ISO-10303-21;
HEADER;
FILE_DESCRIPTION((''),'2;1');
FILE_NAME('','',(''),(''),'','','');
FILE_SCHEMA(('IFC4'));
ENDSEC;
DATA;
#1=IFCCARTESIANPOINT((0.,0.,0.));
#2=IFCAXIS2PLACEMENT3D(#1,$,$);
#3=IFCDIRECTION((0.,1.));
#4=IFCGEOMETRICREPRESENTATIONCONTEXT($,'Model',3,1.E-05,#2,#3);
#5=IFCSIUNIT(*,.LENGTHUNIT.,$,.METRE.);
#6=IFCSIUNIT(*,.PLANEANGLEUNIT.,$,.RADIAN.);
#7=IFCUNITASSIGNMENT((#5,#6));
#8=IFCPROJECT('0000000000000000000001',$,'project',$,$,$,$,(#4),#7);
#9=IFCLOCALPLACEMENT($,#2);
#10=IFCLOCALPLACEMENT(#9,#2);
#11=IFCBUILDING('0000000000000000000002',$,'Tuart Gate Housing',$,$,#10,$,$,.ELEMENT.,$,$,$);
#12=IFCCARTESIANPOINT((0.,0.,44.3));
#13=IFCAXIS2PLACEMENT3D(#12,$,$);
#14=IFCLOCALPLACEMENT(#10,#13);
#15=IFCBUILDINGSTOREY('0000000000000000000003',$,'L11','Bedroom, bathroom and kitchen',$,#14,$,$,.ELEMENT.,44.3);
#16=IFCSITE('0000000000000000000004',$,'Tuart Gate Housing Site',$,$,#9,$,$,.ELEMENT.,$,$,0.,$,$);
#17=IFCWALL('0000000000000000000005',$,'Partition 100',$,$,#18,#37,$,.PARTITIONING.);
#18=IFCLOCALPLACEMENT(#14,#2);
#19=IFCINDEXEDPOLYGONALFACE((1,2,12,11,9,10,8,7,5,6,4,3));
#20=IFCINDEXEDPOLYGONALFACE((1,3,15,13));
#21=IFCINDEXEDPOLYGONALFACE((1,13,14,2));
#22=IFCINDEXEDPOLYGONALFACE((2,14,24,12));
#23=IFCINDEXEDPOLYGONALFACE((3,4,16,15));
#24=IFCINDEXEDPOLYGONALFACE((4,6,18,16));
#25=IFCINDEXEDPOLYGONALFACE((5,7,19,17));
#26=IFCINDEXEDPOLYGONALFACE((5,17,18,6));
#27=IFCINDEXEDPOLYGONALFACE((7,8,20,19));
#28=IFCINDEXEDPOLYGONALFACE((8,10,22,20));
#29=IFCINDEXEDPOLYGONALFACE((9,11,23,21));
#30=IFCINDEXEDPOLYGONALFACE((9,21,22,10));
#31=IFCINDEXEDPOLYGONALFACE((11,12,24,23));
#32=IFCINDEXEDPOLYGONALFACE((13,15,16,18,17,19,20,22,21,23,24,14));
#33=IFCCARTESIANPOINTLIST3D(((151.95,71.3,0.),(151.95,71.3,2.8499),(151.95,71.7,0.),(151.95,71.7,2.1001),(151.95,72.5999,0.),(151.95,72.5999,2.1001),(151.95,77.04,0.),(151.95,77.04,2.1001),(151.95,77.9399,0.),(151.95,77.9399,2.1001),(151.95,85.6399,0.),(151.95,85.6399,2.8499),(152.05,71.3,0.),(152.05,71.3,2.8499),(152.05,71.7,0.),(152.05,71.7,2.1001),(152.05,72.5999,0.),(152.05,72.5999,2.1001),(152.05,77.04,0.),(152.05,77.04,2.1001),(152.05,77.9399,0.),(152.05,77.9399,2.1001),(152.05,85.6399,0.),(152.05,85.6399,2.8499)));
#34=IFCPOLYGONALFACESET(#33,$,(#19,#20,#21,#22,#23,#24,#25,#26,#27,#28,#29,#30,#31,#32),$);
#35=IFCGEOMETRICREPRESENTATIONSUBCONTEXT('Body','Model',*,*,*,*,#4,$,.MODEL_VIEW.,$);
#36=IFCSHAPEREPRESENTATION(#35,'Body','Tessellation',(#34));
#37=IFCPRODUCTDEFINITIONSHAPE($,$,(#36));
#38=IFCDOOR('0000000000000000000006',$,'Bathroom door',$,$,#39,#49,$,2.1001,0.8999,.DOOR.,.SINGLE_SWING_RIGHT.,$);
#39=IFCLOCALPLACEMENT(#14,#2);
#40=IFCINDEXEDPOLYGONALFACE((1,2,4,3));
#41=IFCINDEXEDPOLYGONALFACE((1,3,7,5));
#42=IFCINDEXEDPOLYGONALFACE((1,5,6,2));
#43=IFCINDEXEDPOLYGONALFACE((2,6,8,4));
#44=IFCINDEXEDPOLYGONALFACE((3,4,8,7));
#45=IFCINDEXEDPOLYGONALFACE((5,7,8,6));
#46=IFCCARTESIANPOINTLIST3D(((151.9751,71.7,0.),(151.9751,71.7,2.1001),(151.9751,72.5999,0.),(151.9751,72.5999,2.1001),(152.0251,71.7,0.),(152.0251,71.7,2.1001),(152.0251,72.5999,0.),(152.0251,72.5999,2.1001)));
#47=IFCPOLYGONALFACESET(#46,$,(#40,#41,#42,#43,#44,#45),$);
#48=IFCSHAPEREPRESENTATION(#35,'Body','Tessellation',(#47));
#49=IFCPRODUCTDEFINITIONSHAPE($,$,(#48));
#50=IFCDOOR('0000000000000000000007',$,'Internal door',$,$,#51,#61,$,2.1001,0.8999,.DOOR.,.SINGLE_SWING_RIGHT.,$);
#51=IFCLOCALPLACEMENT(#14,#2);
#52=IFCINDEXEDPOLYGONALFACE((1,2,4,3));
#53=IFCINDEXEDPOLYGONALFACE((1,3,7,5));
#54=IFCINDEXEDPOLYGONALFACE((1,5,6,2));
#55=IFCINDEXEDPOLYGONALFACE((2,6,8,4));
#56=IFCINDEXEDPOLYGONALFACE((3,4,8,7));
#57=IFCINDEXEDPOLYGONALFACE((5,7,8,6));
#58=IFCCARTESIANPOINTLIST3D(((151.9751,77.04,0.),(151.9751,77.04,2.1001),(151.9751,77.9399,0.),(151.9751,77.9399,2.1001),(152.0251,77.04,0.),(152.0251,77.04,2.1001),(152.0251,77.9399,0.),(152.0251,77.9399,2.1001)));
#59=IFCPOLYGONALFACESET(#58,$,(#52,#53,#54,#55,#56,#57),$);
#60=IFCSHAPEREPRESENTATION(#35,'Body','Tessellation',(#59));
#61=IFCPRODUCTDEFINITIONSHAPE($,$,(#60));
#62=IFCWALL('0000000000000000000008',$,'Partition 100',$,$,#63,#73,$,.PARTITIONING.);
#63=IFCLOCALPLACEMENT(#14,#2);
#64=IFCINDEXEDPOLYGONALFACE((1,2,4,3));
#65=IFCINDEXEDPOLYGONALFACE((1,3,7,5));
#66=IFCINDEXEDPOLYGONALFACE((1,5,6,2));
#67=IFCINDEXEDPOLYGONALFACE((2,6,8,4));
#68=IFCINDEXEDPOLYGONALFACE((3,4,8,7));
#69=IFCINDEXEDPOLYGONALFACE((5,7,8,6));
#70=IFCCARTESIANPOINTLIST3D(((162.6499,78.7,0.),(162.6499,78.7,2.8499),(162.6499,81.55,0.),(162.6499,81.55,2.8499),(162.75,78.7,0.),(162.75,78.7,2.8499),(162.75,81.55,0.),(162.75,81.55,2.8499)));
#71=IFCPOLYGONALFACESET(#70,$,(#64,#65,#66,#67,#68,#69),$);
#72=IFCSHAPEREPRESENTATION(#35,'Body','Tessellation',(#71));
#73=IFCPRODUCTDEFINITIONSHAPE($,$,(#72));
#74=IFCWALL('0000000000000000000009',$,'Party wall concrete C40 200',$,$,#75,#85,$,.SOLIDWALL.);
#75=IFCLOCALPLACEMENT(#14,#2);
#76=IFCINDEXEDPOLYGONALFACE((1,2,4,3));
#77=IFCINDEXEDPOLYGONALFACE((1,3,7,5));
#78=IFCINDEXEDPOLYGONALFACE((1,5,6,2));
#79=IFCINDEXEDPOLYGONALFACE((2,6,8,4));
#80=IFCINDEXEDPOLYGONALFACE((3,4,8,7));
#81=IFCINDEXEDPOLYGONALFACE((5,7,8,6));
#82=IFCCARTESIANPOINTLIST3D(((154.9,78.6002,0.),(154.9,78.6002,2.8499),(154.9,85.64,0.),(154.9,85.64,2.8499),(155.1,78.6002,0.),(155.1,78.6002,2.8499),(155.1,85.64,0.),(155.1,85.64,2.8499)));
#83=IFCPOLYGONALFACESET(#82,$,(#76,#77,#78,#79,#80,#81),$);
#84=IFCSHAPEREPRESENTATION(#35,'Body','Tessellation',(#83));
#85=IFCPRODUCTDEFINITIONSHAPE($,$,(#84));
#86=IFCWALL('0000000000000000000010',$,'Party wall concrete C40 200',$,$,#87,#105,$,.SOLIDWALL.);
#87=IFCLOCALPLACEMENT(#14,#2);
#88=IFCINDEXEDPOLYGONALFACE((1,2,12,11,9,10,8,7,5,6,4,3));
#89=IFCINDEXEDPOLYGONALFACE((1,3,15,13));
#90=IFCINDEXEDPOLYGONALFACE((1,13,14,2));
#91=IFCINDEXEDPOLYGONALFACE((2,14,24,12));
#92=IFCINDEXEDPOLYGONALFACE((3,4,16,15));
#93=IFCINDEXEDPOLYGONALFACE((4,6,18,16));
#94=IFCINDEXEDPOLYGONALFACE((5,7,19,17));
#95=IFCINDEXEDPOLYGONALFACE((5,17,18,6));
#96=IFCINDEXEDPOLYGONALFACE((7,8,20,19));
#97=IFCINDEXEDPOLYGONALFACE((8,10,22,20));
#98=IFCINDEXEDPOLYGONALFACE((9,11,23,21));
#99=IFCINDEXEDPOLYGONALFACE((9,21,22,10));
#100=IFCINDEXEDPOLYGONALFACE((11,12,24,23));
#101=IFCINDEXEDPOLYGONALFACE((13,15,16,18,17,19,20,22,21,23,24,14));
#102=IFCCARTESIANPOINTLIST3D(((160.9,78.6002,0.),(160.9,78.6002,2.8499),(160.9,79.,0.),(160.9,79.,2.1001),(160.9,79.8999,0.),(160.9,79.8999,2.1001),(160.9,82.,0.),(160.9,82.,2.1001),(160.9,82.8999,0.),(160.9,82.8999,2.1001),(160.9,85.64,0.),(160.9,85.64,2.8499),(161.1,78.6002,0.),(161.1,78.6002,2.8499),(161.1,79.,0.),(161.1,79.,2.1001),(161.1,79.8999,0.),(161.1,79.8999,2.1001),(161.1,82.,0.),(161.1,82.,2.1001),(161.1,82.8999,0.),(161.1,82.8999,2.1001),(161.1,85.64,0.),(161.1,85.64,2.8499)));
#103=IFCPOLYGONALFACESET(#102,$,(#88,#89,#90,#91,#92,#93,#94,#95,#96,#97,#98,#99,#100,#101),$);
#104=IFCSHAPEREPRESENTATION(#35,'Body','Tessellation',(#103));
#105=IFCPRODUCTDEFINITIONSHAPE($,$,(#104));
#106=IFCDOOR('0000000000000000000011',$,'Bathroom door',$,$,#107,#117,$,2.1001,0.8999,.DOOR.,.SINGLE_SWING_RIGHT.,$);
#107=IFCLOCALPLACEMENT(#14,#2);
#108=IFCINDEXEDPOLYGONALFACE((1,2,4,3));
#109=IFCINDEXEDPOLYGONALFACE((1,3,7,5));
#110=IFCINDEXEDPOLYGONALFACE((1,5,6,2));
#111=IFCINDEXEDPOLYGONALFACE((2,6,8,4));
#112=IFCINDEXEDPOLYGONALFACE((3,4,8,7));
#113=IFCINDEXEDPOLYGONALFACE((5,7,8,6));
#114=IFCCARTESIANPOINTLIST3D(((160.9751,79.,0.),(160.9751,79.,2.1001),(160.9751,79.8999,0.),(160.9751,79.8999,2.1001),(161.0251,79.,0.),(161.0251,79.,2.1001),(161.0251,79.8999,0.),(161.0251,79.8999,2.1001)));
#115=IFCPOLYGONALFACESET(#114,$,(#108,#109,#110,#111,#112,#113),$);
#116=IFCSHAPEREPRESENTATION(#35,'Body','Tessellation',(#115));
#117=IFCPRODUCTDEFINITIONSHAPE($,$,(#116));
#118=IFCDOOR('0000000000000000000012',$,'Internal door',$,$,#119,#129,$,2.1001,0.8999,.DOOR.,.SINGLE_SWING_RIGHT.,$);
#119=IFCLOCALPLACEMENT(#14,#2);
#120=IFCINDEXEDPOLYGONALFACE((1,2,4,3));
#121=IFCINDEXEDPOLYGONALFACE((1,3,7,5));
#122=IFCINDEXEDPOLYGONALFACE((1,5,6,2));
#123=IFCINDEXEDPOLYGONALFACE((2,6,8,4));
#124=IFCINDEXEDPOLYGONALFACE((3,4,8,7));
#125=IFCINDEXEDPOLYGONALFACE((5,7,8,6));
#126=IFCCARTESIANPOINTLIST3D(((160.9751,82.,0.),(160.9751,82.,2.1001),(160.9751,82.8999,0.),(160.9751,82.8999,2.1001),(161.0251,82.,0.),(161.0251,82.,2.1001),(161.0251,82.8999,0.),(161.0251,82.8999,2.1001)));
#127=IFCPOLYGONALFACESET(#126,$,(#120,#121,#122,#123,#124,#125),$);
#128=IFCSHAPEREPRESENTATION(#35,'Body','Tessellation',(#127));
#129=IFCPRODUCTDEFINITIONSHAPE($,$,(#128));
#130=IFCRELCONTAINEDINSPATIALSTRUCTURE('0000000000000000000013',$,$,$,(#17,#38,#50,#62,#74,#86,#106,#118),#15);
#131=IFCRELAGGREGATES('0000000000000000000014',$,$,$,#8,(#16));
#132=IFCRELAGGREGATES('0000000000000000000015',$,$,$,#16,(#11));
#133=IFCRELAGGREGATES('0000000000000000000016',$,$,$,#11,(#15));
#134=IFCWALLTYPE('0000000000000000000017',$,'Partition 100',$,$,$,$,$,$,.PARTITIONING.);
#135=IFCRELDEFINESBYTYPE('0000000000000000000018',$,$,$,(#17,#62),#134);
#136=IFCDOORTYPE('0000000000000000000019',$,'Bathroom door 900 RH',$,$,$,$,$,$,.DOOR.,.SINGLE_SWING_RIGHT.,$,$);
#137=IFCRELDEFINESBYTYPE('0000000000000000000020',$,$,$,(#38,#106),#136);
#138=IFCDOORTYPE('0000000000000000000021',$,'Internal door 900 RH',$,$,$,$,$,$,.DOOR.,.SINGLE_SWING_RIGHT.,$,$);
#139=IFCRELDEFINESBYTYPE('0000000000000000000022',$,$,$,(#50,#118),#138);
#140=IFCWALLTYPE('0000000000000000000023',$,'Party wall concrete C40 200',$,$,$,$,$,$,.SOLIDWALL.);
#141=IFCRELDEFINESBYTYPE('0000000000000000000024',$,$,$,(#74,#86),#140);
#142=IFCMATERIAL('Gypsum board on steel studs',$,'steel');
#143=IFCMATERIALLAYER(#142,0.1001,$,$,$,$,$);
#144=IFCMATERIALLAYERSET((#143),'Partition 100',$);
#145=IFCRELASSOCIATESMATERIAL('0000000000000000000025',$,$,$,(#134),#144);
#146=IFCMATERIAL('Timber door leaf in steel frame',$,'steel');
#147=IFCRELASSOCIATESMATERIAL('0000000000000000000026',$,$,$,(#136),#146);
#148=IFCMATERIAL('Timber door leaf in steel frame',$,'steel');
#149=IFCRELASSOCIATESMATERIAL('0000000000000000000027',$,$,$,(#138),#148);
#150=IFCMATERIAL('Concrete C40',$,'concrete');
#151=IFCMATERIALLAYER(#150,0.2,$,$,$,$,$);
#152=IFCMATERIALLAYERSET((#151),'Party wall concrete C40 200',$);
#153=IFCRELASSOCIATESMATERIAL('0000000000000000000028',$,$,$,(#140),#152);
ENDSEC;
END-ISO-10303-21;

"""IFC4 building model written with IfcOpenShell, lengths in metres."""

from ifc_helpers import new_model, si_unit, direction, frame, frame_2d, origin, place, context, subcontext, project, spatial, rectangle, extrude, material, layer, layer_set, type_object, element, fill, save


model = new_model("IFC4")

# Units and contexts
model_context = context("Model", 3, precision=1e-05, world=origin(), true_north=direction((0.0, 1.0)))
body_context = subcontext(model_context, "Body", "Model", "MODEL_VIEW")
ifc_project = project(units=[si_unit("LENGTHUNIT", "METRE"), si_unit("PLANEANGLEUNIT", "RADIAN")], contexts=[model_context])

# Site, building, storey
site_placement = place(None, origin())
site = spatial("IfcSite", under=ifc_project, at=site_placement, Name="Tuart Gate Housing Site", CompositionType="ELEMENT", RefElevation=0.0)
building_placement = place(site_placement, origin())
building = spatial("IfcBuilding", under=site, at=building_placement, Name="Tuart Gate Housing", CompositionType="ELEMENT")
storey_placement = place(building_placement, frame((0.0, 0.0, 44.3)))
storey = spatial("IfcBuildingStorey", under=building, at=storey_placement, Name="L11", Description="Bedroom, bathroom and kitchen", CompositionType="ELEMENT", Elevation=44.3)

# Shared definitions
ifc_material_1 = material(Name="Gypsum board on steel studs", Category="steel")
ifc_layer_1 = layer(ifc_material_1, 0.1001)
ifc_layer_set_1 = layer_set([ifc_layer_1], Name="Partition 100")
wall_type_1 = type_object("IfcWallType", Name="Partition 100", PredefinedType="PARTITIONING", material=ifc_layer_set_1)

# Wall, openings, doors
wall_1_placement = place(storey_placement, frame((152.0, 71.3, 0.0), z_axis=(0.0, 0.0, 1.0), x_axis=(0.0, 1.0, 0.0)))
wall_1 = element("IfcWall", 1, at=wall_1_placement, inside=storey, type_object=wall_type_1, Name="Partition 100", PredefinedType="PARTITIONING", context=body_context, shape_type="SweptSolid", body=[
    extrude(rectangle(XDim=14.3398, YDim=0.1001, at=frame_2d((7.1699, 0.0))), origin(), (0.0, 0.0, 1.0), 2.8499),
])
opening_1_placement = place(wall_1_placement, frame((5.74, 0.0, 0.0)))
opening_1 = element("IfcOpeningElement", 2, at=opening_1_placement, cuts=wall_1, PredefinedType="OPENING", context=body_context, shape_type="SweptSolid", body=[
    extrude(rectangle(XDim=0.8999, YDim=2.1001, at=frame_2d((0.45, 1.05))), frame((0.0, 0.0601, 0.0), z_axis=(0.0, -1.0, 0.0), x_axis=(1.0, 0.0, 0.0)), (0.0, 0.0, 1.0), 0.1201),
])
opening_2_placement = place(wall_1_placement, frame((0.3999, 0.0, 0.0)))
opening_2 = element("IfcOpeningElement", 3, at=opening_2_placement, cuts=wall_1, PredefinedType="OPENING", context=body_context, shape_type="SweptSolid", body=[
    extrude(rectangle(XDim=0.8999, YDim=2.1001, at=frame_2d((0.45, 1.05))), frame((0.0, 0.0601, 0.0), z_axis=(0.0, -1.0, 0.0), x_axis=(1.0, 0.0, 0.0)), (0.0, 0.0, 1.0), 0.1201),
])
ifc_material_2 = material(Name="Timber door leaf in steel frame", Category="steel")
door_type_1 = type_object("IfcDoorType", Name="Bathroom door 900 RH", OperationType="SINGLE_SWING_RIGHT", PredefinedType="DOOR", material=ifc_material_2)
door_1_placement = place(opening_2_placement, frame((0.8999, 0.0, 0.0), z_axis=(0.0, 0.0, 1.0), x_axis=(-1.0, 0.0, 0.0)))
door_1 = element("IfcDoor", 4, at=door_1_placement, inside=storey, type_object=door_type_1, Name="Bathroom door", OperationType="SINGLE_SWING_RIGHT", OverallHeight=2.1001, OverallWidth=0.8999, PredefinedType="DOOR", context=body_context, shape_type="SweptSolid", body=[
    extrude(rectangle(XDim=0.8999, YDim=2.1001, at=frame_2d((0.45, 1.05))), frame((0.0, 0.0251, 0.0), z_axis=(0.0, -1.0, 0.0), x_axis=(1.0, 0.0, 0.0)), (0.0, 0.0, 1.0), 0.05),
])
fill(opening_2, door_1)
ifc_material_3 = material(Name="Timber door leaf in steel frame", Category="steel")
door_type_2 = type_object("IfcDoorType", Name="Internal door 900 RH", OperationType="SINGLE_SWING_RIGHT", PredefinedType="DOOR", material=ifc_material_3)
door_2_placement = place(opening_1_placement, frame((0.8999, 0.0, 0.0), z_axis=(0.0, 0.0, 1.0), x_axis=(-1.0, 0.0, 0.0)))
door_2 = element("IfcDoor", 5, at=door_2_placement, inside=storey, type_object=door_type_2, Name="Internal door", OperationType="SINGLE_SWING_RIGHT", OverallHeight=2.1001, OverallWidth=0.8999, PredefinedType="DOOR", context=body_context, shape_type="SweptSolid", body=[
    extrude(rectangle(XDim=0.8999, YDim=2.1001, at=frame_2d((0.45, 1.05))), frame((0.0, 0.0251, 0.0), z_axis=(0.0, -1.0, 0.0), x_axis=(1.0, 0.0, 0.0)), (0.0, 0.0, 1.0), 0.05),
])
fill(opening_1, door_2)

# Walls
wall_2_placement = place(storey_placement, frame((162.7, 78.7, 0.0), z_axis=(0.0, 0.0, 1.0), x_axis=(0.0, 1.0, 0.0)))
element("IfcWall", 6, at=wall_2_placement, inside=storey, type_object=wall_type_1, Name="Partition 100", PredefinedType="PARTITIONING", context=body_context, shape_type="SweptSolid", body=[
    extrude(rectangle(XDim=2.8501, YDim=0.1001, at=frame_2d((1.425, 0.0))), origin(), (0.0, 0.0, 1.0), 2.8499),
])
ifc_material_4 = material(Name="Concrete C40", Category="concrete")
ifc_layer_2 = layer(ifc_material_4, 0.2)
ifc_layer_set_2 = layer_set([ifc_layer_2], Name="Party wall concrete C40 200")
wall_type_2 = type_object("IfcWallType", Name="Party wall concrete C40 200", PredefinedType="SOLIDWALL", material=ifc_layer_set_2)
wall_3_placement = place(storey_placement, frame((155.0, 78.6001, 0.0), z_axis=(0.0, 0.0, 1.0), x_axis=(0.0, 1.0, 0.0)))
element("IfcWall", 7, at=wall_3_placement, inside=storey, type_object=wall_type_2, Name="Party wall concrete C40 200", PredefinedType="SOLIDWALL", context=body_context, shape_type="SweptSolid", body=[
    extrude(rectangle(XDim=7.0398, YDim=0.2, at=frame_2d((3.52, 0.0))), origin(), (0.0, 0.0, 1.0), 2.8499),
])

# Wall, openings, doors
wall_4_placement = place(storey_placement, frame((161.0, 78.6001, 0.0), z_axis=(0.0, 0.0, 1.0), x_axis=(0.0, 1.0, 0.0)))
wall_4 = element("IfcWall", 8, at=wall_4_placement, inside=storey, type_object=wall_type_2, Name="Party wall concrete C40 200", PredefinedType="SOLIDWALL", context=body_context, shape_type="SweptSolid", body=[
    extrude(rectangle(XDim=7.0398, YDim=0.2, at=frame_2d((3.52, 0.0))), origin(), (0.0, 0.0, 1.0), 2.8499),
])
opening_3_placement = place(wall_4_placement, frame((3.3999, 0.0, 0.0)))
opening_3 = element("IfcOpeningElement", 9, at=opening_3_placement, cuts=wall_4, PredefinedType="OPENING", context=body_context, shape_type="SweptSolid", body=[
    extrude(rectangle(XDim=0.8999, YDim=2.1001, at=frame_2d((0.45, 1.05))), frame((0.0, 0.1099, 0.0), z_axis=(0.0, -1.0, 0.0), x_axis=(1.0, 0.0, 0.0)), (0.0, 0.0, 1.0), 0.22),
])
opening_4_placement = place(wall_4_placement, frame((0.3999, 0.0, 0.0)))
opening_4 = element("IfcOpeningElement", 10, at=opening_4_placement, cuts=wall_4, PredefinedType="OPENING", context=body_context, shape_type="SweptSolid", body=[
    extrude(rectangle(XDim=0.8999, YDim=2.1001, at=frame_2d((0.45, 1.05))), frame((0.0, 0.1099, 0.0), z_axis=(0.0, -1.0, 0.0), x_axis=(1.0, 0.0, 0.0)), (0.0, 0.0, 1.0), 0.22),
])
door_3_placement = place(opening_4_placement, frame((0.8999, 0.0, 0.0), z_axis=(0.0, 0.0, 1.0), x_axis=(-1.0, 0.0, 0.0)))
door_3 = element("IfcDoor", 11, at=door_3_placement, inside=storey, type_object=door_type_1, Name="Bathroom door", OperationType="SINGLE_SWING_RIGHT", OverallHeight=2.1001, OverallWidth=0.8999, PredefinedType="DOOR", context=body_context, shape_type="SweptSolid", body=[
    extrude(rectangle(XDim=0.8999, YDim=2.1001, at=frame_2d((0.45, 1.05))), frame((0.0, 0.0251, 0.0), z_axis=(0.0, -1.0, 0.0), x_axis=(1.0, 0.0, 0.0)), (0.0, 0.0, 1.0), 0.05),
])
fill(opening_4, door_3)
door_4_placement = place(opening_3_placement, frame((0.8999, 0.0, 0.0), z_axis=(0.0, 0.0, 1.0), x_axis=(-1.0, 0.0, 0.0)))
door_4 = element("IfcDoor", 12, at=door_4_placement, inside=storey, type_object=door_type_2, Name="Internal door", OperationType="SINGLE_SWING_RIGHT", OverallHeight=2.1001, OverallWidth=0.8999, PredefinedType="DOOR", context=body_context, shape_type="SweptSolid", body=[
    extrude(rectangle(XDim=0.8999, YDim=2.1001, at=frame_2d((0.45, 1.05))), frame((0.0, 0.0251, 0.0), z_axis=(0.0, -1.0, 0.0), x_axis=(1.0, 0.0, 0.0)), (0.0, 0.0, 1.0), 0.05),
])
fill(opening_3, door_4)

save(model, "model.ifc")
